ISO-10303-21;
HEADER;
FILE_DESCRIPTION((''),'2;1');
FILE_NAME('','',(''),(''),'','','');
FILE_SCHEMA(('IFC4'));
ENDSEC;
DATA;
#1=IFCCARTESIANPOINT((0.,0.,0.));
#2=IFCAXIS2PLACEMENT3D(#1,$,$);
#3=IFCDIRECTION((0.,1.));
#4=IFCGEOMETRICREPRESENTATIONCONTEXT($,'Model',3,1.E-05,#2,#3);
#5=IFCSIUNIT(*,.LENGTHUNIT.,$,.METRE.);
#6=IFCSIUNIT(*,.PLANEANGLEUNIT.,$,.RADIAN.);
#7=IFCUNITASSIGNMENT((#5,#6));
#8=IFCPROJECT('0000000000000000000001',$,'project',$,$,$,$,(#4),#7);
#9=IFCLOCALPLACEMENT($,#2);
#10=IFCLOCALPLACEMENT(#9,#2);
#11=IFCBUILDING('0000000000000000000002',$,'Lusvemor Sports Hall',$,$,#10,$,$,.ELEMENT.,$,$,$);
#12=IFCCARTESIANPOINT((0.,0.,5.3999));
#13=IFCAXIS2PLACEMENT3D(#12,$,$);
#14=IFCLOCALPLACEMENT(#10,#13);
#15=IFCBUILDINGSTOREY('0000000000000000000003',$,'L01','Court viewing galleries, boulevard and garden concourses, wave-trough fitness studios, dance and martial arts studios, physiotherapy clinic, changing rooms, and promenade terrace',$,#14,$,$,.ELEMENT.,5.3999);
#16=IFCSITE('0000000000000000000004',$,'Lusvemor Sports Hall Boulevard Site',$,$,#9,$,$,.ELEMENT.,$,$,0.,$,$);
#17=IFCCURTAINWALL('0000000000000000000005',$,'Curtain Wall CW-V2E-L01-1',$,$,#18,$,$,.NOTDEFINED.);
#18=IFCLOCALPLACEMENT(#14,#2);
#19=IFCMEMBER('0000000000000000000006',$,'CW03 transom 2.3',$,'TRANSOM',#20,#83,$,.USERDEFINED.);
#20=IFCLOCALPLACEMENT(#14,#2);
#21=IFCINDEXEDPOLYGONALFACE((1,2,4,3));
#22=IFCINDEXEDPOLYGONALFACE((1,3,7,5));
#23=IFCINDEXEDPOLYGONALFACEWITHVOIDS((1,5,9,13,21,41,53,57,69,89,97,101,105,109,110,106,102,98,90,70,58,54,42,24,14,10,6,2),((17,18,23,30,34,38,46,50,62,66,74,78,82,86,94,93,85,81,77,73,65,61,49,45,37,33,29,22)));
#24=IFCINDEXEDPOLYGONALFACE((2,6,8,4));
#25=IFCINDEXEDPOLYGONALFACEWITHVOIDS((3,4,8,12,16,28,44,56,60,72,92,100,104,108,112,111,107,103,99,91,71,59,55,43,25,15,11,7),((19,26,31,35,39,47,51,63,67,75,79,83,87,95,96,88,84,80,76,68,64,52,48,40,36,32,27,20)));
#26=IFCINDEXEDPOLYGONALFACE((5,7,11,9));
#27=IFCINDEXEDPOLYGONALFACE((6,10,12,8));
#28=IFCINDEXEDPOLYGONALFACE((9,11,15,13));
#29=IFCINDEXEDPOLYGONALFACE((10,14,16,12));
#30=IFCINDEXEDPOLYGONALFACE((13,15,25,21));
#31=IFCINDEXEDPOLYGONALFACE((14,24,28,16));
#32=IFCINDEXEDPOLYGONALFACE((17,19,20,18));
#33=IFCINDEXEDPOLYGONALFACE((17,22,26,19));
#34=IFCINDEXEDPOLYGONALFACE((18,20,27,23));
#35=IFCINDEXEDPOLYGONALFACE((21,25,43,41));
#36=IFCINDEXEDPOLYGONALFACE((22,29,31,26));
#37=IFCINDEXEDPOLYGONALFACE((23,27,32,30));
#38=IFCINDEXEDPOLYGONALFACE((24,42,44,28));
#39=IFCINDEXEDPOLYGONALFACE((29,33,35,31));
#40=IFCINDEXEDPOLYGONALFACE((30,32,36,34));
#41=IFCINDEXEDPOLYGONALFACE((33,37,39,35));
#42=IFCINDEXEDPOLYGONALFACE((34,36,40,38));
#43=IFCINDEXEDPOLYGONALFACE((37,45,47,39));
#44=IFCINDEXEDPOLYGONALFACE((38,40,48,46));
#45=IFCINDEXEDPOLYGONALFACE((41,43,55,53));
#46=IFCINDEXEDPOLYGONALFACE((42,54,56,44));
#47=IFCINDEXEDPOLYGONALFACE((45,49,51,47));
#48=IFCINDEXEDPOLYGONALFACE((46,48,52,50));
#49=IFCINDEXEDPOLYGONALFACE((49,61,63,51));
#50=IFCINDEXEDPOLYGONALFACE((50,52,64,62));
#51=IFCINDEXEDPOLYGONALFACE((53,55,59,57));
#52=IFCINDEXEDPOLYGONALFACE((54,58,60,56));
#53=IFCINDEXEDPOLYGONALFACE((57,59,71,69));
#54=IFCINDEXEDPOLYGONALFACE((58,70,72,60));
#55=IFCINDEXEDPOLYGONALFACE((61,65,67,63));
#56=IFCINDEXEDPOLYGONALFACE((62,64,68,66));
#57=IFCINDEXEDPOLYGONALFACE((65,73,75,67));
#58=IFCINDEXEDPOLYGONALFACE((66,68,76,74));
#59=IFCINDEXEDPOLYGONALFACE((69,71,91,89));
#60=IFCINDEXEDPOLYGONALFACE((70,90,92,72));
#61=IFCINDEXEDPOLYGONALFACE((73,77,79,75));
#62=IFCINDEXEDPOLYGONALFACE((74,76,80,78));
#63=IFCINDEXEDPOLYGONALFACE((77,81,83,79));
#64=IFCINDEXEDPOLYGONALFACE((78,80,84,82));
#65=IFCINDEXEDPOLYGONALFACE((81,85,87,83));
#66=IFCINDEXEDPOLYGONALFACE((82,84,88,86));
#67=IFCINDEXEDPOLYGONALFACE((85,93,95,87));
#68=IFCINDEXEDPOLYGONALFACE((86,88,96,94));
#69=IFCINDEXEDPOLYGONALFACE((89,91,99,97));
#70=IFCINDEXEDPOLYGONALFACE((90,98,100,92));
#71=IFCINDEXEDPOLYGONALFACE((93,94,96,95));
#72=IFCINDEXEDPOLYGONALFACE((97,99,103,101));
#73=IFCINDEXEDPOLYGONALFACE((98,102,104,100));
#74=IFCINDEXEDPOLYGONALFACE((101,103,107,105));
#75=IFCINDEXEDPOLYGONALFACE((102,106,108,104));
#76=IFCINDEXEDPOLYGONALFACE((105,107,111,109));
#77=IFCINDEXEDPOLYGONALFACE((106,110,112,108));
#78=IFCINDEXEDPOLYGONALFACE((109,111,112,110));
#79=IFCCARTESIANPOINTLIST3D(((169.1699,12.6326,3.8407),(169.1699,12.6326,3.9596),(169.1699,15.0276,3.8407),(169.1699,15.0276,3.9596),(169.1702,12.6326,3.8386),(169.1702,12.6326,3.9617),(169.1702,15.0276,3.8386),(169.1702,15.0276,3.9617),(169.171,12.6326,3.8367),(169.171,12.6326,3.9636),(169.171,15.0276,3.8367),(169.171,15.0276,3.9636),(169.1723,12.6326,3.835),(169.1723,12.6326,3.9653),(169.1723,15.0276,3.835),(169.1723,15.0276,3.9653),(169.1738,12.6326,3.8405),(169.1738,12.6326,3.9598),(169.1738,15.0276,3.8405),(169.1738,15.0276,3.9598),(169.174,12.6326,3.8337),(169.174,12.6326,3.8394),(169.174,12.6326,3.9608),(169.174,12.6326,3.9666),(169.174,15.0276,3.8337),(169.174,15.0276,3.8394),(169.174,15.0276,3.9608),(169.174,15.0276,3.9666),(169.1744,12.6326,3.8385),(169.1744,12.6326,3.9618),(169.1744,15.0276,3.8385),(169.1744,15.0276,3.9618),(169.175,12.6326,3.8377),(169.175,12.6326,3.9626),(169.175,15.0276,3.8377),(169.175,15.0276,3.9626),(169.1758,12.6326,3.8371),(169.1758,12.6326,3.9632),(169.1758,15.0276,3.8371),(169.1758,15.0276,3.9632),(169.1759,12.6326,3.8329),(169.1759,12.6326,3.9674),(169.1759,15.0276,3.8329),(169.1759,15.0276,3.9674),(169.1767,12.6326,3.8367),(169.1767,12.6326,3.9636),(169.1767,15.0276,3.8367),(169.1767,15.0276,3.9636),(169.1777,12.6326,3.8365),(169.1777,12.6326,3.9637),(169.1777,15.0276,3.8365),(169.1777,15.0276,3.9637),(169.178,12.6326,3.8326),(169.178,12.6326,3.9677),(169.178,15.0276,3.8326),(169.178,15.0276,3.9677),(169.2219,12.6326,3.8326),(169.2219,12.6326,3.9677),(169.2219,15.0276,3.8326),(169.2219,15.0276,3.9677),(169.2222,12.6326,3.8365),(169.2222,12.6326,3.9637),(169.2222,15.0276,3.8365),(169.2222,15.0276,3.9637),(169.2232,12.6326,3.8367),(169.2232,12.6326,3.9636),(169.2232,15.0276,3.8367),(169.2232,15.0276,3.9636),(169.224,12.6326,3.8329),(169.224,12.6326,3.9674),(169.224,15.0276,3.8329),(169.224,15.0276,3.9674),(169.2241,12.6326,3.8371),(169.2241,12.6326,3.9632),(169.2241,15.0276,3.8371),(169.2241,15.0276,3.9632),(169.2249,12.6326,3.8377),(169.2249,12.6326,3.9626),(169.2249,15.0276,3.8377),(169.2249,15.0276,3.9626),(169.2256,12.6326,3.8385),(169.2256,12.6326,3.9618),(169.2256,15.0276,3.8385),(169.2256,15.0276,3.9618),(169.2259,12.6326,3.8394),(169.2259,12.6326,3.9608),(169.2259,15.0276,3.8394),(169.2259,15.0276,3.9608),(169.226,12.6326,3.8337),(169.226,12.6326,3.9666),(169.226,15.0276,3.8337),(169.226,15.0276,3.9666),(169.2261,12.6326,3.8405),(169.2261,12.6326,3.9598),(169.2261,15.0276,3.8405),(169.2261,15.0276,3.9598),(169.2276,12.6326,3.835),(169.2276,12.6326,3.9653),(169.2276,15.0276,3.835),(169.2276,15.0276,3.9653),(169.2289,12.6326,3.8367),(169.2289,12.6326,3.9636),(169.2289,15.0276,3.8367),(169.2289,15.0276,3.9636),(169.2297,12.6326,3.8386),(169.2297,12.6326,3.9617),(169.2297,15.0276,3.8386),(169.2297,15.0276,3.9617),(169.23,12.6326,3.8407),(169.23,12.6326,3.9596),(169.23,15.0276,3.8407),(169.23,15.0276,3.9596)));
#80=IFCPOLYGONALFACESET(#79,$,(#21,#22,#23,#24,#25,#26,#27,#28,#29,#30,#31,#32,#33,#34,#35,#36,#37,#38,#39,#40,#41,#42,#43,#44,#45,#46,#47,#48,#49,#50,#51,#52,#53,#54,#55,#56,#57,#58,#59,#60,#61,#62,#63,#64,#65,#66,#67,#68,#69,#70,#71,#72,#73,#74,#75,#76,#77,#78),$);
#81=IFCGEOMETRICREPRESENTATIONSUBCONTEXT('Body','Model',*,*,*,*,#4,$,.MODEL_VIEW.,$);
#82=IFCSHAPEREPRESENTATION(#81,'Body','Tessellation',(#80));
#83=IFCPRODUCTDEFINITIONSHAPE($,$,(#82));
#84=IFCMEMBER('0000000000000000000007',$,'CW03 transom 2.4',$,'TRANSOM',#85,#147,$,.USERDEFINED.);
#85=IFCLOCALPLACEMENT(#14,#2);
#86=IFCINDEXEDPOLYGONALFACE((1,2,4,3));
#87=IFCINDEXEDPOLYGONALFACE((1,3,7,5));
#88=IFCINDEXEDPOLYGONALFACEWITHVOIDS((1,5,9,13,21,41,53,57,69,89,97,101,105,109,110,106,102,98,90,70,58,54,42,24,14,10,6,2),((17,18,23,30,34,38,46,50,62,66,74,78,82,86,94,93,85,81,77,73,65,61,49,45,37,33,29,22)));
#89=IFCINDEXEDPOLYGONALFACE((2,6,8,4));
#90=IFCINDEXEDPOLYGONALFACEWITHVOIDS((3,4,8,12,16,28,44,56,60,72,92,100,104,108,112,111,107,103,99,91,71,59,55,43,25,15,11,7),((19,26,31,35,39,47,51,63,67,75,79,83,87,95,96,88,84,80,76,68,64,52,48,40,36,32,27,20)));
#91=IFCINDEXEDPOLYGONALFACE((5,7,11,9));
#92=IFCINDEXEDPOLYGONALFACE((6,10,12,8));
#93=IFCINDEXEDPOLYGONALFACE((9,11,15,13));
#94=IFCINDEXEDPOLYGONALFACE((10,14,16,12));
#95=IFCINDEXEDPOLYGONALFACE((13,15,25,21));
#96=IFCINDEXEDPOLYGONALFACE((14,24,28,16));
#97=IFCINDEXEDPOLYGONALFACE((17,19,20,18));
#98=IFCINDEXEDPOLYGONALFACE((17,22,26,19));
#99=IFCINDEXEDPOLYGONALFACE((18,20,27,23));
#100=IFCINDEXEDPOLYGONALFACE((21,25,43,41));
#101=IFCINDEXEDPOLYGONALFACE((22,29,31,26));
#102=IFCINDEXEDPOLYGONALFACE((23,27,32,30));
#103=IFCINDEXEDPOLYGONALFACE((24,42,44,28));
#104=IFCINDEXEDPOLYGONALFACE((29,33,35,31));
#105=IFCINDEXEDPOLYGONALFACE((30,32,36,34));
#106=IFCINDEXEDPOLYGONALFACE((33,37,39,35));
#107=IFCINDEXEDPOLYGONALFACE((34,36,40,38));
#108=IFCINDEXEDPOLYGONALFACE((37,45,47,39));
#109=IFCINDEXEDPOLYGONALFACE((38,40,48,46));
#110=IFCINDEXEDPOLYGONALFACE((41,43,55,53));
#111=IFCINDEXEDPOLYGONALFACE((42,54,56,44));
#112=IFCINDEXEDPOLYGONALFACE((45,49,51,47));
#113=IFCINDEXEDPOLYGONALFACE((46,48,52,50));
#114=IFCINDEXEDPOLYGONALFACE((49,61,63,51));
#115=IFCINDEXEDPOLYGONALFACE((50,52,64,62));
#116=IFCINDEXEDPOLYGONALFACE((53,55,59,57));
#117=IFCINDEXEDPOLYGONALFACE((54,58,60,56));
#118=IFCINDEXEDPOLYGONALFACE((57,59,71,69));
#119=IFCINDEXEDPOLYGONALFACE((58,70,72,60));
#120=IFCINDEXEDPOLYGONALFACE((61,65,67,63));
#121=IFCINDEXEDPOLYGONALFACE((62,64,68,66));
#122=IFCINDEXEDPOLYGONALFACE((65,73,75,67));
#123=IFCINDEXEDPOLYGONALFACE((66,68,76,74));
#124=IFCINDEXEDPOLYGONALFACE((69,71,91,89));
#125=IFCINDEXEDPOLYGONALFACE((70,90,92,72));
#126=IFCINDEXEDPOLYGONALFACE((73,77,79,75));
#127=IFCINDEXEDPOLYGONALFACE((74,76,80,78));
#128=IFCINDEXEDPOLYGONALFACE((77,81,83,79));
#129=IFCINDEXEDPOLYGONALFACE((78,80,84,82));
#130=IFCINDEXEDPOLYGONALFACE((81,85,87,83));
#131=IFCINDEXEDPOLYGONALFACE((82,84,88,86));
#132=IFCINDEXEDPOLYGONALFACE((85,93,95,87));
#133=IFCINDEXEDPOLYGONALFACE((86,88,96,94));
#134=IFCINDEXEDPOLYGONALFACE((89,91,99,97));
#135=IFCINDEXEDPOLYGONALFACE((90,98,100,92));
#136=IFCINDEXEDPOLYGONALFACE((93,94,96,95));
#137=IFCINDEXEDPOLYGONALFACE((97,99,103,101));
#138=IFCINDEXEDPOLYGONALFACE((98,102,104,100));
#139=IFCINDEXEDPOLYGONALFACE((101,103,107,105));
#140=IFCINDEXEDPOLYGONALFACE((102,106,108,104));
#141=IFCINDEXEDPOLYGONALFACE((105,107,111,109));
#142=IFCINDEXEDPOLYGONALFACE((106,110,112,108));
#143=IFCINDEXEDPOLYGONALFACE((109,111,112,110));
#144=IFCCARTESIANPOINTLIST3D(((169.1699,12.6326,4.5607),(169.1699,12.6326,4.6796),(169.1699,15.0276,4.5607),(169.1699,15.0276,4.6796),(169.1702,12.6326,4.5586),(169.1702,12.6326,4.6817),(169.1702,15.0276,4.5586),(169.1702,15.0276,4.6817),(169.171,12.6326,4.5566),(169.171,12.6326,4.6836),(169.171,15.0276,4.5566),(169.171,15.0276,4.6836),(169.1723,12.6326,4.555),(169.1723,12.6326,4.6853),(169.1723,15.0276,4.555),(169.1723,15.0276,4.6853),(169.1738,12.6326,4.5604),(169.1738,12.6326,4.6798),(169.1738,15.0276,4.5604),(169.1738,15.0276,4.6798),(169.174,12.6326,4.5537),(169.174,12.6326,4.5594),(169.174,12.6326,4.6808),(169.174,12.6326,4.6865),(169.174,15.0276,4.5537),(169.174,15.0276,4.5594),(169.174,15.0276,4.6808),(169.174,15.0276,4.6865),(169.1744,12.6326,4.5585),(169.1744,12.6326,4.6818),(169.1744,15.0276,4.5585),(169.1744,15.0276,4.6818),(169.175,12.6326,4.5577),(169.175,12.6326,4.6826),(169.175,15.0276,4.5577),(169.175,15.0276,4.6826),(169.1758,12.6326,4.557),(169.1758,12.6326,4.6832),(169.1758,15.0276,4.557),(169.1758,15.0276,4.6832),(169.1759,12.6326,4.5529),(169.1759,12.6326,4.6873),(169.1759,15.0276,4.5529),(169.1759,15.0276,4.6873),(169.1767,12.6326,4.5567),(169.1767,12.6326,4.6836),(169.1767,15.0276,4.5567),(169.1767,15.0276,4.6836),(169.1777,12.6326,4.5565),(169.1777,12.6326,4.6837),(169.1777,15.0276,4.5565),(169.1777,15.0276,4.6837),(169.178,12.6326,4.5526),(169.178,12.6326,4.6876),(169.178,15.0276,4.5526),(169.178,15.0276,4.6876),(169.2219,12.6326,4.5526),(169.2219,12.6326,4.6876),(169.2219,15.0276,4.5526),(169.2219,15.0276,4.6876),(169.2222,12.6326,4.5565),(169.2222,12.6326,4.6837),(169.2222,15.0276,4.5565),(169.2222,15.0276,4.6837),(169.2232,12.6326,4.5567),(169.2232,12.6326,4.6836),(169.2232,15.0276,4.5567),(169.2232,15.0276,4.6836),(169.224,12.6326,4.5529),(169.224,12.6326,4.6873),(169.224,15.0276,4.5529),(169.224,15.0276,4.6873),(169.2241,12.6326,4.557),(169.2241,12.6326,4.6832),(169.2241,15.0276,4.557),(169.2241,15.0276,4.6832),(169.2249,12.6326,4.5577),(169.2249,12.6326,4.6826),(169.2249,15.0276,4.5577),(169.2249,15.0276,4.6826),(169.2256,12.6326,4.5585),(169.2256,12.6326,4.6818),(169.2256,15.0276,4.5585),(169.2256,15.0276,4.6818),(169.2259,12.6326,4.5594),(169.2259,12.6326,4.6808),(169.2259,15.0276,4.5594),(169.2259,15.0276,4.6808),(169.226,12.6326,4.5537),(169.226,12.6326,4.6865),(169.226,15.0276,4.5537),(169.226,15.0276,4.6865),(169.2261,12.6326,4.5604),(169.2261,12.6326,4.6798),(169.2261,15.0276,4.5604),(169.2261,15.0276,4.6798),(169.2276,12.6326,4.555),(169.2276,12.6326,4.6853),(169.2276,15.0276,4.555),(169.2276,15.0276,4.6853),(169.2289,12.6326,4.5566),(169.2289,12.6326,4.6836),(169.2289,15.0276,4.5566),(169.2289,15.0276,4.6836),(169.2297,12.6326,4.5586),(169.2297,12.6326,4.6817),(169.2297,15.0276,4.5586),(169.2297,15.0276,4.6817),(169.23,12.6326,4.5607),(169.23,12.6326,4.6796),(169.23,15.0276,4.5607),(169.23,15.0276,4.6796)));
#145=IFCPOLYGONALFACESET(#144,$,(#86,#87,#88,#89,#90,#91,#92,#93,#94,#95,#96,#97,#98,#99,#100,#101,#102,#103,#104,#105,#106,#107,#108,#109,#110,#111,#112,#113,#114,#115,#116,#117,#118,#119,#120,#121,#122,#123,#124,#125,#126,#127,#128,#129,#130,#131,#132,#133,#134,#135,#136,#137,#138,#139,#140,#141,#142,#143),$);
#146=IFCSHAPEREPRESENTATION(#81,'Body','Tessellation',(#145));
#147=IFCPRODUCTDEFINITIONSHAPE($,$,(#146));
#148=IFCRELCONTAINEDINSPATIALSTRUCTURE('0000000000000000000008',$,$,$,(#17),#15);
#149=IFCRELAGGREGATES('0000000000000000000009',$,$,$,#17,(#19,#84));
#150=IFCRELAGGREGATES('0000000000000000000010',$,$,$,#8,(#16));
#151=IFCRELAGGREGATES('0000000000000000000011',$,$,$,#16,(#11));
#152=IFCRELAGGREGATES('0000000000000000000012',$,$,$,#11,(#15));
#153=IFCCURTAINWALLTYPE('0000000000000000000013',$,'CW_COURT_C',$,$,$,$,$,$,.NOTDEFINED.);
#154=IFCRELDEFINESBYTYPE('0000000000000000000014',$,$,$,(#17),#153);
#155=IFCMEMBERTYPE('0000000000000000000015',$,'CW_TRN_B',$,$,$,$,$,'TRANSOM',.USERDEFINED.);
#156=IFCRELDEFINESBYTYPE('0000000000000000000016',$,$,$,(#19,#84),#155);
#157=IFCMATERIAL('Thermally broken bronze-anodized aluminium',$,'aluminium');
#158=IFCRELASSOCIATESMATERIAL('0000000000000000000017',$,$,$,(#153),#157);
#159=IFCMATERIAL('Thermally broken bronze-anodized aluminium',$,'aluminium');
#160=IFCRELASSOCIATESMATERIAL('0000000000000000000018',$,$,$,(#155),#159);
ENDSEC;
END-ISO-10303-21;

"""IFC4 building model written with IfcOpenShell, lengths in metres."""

from ifc_helpers import new_model, si_unit, direction, frame, origin, origin_2d, place, context, subcontext, project, spatial, hollow_rectangle, extrude, material, material_profile, profile_set, type_object, element, aggregate, save


model = new_model("IFC4")

# Units and contexts
model_context = context("Model", 3, precision=1e-05, world=origin(), true_north=direction((0.0, 1.0)))
body_context = subcontext(model_context, "Body", "Model", "MODEL_VIEW")
ifc_project = project(units=[si_unit("LENGTHUNIT", "METRE"), si_unit("PLANEANGLEUNIT", "RADIAN")], contexts=[model_context])

# Site, building, storey
site_placement = place(None, origin())
site = spatial("IfcSite", under=ifc_project, at=site_placement, Name="Lusvemor Sports Hall Boulevard Site", CompositionType="ELEMENT", RefElevation=0.0)
building_placement = place(site_placement, origin())
building = spatial("IfcBuilding", under=site, at=building_placement, Name="Lusvemor Sports Hall", CompositionType="ELEMENT")
storey_placement = place(building_placement, frame((0.0, 0.0, 5.3999)))
storey = spatial("IfcBuildingStorey", under=building, at=storey_placement, Name="L01", Description="Court viewing galleries, boulevard and garden concourses, wave-trough fitness studios, dance and martial arts studios, physiotherapy clinic, changing rooms, and promenade terrace", CompositionType="ELEMENT", Elevation=5.3999)

# Curtain wall
ifc_material_1 = material(Name="Thermally broken bronze-anodized aluminium", Category="aluminium")
curtain_wall_type = type_object("IfcCurtainWallType", Name="CW_COURT_C", PredefinedType="NOTDEFINED", material=ifc_material_1)
curtain_wall_1_placement = place(storey_placement, origin())
curtain_wall_1 = element("IfcCurtainWall", 1, at=curtain_wall_1_placement, inside=storey, type_object=curtain_wall_type, Name="Curtain Wall CW-V2E-L01-1", PredefinedType="NOTDEFINED")

# Members
ifc_material_2 = material(Name="Thermally broken bronze-anodized aluminium", Category="aluminium")
ifc_material_profile_1 = material_profile(ifc_material_2, hollow_rectangle(XDim=0.0601, YDim=0.135, WallThickness=0.0039, InnerFilletRadius=0.0039, OuterFilletRadius=0.0081, at=origin_2d()), Name="CWTRN135x60x4")
ifc_profile_set_1 = profile_set([ifc_material_profile_1], Name="Thermally broken bronze-anodized aluminium")
member_type_1 = type_object("IfcMemberType", Name="CW_TRN_B", ElementType="TRANSOM", PredefinedType="USERDEFINED", material=ifc_profile_set_1)
member_1_placement = place(storey_placement, frame((169.2, 15.0276, 3.9001), z_axis=(0.0, -1.0, 0.0), x_axis=(1.0, 0.0, 0.0)))
member_1 = element("IfcMember", 2, at=member_1_placement, type_object=member_type_1, Name="CW03 transom 2.3", ObjectType="TRANSOM", PredefinedType="USERDEFINED", context=body_context, shape_type="SweptSolid", body=[
    extrude(hollow_rectangle(XDim=0.0601, YDim=0.135, WallThickness=0.0039, InnerFilletRadius=0.0039, OuterFilletRadius=0.0081, at=origin_2d()), origin(), (0.0, 0.0, 1.0), 2.395),
])
member_2_placement = place(storey_placement, frame((169.2, 15.0276, 4.6201), z_axis=(0.0, -1.0, 0.0), x_axis=(1.0, 0.0, 0.0)))
member_2 = element("IfcMember", 3, at=member_2_placement, type_object=member_type_1, Name="CW03 transom 2.4", ObjectType="TRANSOM", PredefinedType="USERDEFINED", context=body_context, shape_type="SweptSolid", body=[
    extrude(hollow_rectangle(XDim=0.0601, YDim=0.135, WallThickness=0.0039, InnerFilletRadius=0.0039, OuterFilletRadius=0.0081, at=origin_2d()), origin(), (0.0, 0.0, 1.0), 2.395),
])

aggregate(curtain_wall_1, [member_1, member_2])

save(model, "model.ifc")
